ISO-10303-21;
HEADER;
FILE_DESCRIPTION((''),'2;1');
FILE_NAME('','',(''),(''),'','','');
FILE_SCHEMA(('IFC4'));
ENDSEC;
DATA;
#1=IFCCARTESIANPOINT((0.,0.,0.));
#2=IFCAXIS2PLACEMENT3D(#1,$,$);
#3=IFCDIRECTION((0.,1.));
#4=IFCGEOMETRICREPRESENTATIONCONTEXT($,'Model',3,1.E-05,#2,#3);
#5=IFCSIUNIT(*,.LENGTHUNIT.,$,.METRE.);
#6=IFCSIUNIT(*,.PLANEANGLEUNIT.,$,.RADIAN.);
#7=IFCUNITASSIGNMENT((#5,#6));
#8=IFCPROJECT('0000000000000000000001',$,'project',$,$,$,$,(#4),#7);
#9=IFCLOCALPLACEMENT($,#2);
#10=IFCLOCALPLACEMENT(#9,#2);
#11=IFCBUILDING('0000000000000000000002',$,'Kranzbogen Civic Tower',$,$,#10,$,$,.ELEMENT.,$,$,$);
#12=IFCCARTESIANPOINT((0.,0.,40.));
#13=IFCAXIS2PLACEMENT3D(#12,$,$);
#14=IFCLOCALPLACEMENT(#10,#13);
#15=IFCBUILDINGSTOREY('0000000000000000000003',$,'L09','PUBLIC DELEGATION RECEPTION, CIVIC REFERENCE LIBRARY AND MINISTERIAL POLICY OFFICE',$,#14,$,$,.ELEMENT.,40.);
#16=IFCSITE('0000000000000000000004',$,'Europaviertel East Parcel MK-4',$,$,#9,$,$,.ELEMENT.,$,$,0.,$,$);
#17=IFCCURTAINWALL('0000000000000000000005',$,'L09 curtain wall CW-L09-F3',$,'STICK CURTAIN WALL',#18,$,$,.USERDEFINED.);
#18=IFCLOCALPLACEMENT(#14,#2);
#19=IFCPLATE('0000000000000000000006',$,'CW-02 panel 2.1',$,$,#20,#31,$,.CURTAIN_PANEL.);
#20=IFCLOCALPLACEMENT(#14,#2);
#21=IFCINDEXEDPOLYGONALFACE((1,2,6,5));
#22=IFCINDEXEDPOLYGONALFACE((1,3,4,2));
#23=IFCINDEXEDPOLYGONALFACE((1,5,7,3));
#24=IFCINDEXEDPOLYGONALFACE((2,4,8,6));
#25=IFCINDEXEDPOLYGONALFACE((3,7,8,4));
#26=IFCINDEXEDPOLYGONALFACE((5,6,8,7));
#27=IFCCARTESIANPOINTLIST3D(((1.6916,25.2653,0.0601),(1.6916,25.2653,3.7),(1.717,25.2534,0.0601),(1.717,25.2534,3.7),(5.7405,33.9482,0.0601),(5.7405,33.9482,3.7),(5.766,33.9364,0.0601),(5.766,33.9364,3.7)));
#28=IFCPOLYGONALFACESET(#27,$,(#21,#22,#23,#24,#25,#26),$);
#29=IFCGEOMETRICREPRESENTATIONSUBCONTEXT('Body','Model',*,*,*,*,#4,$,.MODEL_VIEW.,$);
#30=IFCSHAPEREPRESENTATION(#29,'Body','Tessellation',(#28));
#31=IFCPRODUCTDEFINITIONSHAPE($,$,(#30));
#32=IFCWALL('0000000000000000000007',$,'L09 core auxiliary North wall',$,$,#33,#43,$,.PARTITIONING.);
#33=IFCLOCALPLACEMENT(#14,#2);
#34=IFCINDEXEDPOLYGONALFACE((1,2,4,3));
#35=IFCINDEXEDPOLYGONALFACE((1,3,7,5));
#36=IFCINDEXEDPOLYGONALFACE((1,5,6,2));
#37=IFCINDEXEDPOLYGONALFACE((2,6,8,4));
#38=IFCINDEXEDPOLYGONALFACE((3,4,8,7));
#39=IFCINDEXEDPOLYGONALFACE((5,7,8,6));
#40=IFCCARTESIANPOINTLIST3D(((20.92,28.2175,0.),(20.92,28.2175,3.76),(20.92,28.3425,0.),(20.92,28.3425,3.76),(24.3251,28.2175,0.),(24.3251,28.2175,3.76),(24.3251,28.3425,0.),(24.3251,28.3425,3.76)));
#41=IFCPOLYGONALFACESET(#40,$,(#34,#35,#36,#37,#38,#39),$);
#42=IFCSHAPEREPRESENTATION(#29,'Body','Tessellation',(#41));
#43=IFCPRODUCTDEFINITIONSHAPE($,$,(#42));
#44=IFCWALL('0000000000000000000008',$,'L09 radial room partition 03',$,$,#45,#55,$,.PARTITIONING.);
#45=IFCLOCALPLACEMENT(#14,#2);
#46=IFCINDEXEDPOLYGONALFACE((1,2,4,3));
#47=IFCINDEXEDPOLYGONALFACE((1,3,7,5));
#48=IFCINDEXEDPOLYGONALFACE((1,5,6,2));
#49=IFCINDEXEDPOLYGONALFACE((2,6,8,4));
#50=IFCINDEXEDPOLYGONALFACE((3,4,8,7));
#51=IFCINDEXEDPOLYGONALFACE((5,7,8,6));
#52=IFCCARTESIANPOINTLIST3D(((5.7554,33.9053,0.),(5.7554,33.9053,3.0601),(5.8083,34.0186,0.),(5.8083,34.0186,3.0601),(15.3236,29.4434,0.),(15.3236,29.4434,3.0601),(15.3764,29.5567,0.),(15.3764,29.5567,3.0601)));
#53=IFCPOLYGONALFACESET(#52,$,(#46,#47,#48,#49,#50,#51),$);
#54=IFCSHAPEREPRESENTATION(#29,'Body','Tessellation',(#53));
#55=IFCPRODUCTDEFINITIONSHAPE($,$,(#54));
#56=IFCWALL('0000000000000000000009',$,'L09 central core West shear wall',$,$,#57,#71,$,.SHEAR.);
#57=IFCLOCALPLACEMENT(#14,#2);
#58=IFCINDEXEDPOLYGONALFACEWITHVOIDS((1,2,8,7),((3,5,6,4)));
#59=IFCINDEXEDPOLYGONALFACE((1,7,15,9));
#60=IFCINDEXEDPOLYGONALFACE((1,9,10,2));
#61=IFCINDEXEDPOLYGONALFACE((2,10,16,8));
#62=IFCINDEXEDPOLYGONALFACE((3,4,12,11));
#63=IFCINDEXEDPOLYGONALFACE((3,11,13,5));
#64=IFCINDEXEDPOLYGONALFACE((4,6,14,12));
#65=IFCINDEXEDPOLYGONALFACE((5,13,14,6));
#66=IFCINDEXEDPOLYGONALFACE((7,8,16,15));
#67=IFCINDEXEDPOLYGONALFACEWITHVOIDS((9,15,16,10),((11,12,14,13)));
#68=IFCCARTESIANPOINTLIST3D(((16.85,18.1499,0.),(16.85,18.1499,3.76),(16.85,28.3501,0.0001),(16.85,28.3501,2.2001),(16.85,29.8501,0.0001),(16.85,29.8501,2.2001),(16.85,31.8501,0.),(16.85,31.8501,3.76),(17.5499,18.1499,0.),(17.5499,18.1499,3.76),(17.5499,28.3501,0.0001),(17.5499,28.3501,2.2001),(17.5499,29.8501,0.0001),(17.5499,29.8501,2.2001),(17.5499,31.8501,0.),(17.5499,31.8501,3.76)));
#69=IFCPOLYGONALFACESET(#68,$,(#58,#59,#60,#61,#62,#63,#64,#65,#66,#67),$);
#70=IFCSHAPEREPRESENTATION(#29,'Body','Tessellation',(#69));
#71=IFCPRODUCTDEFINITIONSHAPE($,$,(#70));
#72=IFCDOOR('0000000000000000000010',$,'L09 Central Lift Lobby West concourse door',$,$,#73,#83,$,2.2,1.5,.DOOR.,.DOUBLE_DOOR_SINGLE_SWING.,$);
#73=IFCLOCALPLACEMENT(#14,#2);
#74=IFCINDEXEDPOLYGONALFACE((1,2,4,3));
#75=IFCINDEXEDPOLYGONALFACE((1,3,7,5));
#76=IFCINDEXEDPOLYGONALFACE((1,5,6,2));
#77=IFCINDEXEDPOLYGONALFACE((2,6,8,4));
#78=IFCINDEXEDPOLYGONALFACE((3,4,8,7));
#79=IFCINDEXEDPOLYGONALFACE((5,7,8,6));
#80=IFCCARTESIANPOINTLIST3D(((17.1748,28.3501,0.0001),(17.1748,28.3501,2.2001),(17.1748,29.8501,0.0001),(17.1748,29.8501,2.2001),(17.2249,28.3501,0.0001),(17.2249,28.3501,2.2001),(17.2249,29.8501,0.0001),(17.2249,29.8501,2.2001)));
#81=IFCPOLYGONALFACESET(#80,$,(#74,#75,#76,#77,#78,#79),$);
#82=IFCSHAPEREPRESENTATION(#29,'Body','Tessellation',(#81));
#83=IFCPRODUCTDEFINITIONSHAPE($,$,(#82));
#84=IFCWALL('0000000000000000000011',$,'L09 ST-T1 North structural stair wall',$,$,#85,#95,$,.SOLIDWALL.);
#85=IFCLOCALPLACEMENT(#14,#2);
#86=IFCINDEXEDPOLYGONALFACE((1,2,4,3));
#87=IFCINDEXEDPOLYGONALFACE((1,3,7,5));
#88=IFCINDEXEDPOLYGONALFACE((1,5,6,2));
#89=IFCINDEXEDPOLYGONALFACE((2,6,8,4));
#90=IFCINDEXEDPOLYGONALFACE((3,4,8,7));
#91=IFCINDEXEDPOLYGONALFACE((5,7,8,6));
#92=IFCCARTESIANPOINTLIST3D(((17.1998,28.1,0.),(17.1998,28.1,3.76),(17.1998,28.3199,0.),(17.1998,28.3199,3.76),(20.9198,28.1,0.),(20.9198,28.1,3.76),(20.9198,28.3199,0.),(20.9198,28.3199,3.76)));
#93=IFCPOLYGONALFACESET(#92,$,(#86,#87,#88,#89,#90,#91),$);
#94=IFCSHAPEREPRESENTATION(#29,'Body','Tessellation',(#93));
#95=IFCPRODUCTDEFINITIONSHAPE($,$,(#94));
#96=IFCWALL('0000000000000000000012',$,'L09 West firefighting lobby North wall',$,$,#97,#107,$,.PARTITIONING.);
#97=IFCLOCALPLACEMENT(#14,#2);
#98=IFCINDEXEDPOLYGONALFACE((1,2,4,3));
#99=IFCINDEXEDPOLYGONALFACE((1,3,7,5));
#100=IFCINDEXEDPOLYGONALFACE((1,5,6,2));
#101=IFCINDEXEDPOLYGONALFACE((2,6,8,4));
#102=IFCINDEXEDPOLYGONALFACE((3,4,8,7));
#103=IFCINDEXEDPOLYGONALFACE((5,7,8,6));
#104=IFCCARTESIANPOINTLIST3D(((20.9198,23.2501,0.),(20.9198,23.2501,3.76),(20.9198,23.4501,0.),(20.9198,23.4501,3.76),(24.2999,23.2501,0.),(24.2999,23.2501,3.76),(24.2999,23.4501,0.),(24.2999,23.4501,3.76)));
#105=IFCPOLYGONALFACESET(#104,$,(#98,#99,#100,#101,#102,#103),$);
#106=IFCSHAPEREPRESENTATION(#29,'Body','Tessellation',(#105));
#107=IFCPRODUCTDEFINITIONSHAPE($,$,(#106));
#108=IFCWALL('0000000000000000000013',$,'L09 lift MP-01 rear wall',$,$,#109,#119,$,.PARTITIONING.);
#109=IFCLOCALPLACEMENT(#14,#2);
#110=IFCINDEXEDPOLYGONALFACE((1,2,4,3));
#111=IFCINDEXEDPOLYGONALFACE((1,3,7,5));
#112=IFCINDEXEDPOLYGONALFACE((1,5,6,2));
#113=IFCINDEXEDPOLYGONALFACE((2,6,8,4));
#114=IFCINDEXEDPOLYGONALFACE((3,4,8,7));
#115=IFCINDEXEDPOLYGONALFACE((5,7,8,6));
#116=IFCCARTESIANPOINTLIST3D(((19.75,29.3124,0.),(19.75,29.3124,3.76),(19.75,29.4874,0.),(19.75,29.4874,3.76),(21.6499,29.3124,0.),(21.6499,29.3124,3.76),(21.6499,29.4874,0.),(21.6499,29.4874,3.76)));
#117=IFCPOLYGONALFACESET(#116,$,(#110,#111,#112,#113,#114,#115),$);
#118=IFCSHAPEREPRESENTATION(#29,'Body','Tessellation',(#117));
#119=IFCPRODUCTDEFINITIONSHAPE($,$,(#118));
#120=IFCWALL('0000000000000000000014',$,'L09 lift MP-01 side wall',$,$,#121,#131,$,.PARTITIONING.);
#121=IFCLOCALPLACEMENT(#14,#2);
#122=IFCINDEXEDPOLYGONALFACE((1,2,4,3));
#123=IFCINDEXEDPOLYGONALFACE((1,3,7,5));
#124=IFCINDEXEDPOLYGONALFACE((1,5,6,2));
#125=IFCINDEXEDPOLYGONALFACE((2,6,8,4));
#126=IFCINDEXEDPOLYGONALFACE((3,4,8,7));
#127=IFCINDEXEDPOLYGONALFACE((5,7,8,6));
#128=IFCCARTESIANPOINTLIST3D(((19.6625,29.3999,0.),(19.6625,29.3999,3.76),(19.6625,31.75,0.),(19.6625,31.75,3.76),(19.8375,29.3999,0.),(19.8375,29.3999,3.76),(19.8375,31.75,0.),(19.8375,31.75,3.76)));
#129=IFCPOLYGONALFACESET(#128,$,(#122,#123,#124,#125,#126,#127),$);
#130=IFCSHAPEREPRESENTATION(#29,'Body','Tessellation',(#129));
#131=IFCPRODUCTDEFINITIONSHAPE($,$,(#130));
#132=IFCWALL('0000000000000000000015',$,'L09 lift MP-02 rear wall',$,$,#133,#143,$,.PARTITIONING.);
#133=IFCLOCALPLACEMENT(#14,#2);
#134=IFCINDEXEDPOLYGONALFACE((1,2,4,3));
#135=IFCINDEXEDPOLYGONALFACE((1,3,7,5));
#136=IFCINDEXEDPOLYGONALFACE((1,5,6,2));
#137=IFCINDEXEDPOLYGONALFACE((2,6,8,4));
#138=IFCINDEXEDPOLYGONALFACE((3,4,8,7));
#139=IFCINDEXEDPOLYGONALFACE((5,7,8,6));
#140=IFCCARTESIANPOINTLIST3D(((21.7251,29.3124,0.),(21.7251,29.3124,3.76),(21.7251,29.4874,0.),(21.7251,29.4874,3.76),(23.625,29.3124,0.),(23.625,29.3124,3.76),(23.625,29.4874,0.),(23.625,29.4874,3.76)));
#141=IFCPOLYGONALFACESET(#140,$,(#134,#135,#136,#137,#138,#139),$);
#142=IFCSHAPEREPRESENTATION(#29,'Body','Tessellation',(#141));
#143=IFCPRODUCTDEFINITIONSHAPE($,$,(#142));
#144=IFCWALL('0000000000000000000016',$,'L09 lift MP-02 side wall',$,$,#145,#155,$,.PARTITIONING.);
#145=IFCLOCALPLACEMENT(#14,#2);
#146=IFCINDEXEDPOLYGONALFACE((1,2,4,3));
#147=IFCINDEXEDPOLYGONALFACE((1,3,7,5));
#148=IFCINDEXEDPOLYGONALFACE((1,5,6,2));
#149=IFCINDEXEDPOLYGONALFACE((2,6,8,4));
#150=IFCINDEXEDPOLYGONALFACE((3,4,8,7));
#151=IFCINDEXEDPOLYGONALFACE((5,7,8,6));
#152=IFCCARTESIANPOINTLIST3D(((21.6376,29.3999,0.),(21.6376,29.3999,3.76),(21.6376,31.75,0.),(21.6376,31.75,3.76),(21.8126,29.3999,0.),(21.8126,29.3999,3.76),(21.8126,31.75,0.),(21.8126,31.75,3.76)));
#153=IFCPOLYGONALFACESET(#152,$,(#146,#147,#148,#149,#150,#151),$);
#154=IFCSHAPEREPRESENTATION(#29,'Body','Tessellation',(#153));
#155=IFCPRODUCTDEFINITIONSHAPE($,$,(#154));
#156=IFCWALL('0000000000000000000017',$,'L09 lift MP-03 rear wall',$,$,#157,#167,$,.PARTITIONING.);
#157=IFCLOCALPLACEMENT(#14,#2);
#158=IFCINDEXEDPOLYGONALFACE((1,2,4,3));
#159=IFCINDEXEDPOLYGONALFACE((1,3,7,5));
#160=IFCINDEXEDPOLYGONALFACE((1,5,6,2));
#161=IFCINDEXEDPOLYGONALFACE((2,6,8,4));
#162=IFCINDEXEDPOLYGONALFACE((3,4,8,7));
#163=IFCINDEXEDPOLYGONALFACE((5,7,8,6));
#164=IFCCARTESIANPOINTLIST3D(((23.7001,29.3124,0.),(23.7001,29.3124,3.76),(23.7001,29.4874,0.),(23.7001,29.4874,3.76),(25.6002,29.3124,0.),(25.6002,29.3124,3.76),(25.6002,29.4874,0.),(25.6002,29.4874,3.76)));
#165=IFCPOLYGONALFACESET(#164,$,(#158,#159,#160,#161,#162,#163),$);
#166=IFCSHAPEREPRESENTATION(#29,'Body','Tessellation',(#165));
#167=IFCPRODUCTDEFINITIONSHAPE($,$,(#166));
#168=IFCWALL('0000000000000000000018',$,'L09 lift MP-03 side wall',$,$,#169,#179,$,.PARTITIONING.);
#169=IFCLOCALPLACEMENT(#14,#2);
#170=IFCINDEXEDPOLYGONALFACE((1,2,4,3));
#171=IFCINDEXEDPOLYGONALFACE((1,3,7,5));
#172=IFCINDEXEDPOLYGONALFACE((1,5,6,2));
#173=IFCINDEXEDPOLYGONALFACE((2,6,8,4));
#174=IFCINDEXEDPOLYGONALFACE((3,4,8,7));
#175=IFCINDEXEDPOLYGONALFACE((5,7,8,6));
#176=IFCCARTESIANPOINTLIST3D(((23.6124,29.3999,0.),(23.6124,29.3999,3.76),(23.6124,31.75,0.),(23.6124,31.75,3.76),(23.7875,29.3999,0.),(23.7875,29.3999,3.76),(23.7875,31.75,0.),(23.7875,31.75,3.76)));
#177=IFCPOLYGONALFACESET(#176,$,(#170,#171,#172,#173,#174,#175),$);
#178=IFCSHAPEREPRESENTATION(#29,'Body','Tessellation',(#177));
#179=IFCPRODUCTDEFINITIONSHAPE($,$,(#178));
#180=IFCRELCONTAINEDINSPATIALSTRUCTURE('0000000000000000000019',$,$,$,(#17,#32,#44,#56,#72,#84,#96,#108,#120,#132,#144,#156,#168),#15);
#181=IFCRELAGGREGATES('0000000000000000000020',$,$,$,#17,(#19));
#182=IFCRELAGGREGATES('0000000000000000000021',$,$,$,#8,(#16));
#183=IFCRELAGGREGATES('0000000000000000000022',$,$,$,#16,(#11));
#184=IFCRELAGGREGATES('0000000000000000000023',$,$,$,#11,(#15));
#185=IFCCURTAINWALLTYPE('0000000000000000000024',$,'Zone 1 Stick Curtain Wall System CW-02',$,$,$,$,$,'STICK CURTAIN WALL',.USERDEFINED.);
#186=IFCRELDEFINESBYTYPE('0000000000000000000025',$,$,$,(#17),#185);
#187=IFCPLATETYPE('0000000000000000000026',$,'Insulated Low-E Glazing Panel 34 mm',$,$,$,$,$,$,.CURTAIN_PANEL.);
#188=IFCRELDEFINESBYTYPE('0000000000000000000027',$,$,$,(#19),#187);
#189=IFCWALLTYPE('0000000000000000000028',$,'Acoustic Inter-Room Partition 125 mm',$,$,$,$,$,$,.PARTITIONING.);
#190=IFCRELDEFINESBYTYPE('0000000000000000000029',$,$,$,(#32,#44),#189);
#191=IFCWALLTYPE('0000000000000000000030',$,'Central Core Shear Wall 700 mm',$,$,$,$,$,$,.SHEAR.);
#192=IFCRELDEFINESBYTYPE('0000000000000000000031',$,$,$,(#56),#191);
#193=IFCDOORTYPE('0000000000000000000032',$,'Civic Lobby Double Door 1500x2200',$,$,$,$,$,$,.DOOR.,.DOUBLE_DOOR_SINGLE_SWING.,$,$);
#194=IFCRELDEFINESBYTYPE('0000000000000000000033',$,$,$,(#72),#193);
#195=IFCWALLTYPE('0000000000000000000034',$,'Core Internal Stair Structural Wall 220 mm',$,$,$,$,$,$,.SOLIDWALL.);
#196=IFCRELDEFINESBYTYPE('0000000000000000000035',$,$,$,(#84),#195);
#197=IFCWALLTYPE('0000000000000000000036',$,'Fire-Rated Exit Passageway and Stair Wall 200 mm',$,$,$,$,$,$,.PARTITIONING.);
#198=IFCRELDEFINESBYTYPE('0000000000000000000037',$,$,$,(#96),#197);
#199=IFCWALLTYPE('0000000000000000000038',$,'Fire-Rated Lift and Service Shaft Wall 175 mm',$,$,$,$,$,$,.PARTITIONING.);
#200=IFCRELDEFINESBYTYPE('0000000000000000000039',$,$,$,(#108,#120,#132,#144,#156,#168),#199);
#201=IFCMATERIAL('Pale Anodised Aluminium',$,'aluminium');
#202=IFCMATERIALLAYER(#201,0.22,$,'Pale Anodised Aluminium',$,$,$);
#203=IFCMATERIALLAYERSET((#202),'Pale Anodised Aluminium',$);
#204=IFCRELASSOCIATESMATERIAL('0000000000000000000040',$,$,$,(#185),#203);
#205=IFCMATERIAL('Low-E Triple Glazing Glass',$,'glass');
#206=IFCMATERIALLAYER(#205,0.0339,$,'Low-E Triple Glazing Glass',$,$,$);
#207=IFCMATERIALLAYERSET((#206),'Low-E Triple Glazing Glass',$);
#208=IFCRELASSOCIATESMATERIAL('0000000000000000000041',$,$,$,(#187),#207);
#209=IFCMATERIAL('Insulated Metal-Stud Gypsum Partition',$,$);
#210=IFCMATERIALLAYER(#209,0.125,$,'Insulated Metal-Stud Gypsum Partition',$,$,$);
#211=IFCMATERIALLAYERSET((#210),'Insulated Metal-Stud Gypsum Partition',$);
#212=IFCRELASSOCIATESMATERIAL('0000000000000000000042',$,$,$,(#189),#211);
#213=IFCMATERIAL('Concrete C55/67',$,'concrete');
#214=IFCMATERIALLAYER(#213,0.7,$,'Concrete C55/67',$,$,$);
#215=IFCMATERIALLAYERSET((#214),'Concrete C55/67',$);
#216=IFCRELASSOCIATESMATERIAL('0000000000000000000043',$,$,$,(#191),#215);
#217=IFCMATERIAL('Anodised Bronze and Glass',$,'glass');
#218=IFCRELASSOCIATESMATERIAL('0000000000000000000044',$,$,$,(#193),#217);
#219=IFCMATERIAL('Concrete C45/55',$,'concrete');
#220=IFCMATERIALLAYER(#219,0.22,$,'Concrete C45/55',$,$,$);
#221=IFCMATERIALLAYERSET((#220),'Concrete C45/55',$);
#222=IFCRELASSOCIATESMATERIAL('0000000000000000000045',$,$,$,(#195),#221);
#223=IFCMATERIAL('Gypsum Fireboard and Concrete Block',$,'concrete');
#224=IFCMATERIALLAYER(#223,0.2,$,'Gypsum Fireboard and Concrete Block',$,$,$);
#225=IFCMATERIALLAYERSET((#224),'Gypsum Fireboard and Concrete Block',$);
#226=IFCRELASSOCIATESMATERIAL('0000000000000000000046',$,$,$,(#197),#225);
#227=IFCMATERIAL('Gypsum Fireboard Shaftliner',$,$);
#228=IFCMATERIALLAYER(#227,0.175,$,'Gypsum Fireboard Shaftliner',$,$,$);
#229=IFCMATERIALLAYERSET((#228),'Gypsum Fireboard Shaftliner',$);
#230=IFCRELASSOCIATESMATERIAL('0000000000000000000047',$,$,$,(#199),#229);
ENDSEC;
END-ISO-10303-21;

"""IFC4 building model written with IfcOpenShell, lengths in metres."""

from ifc_helpers import new_model, si_unit, direction, frame, frame_2d, origin, origin_2d, place, context, subcontext, project, spatial, rectangle, extrude, material, layer, layer_set, type_object, element, fill, aggregate, save


model = new_model("IFC4")

# Units and contexts
model_context = context("Model", 3, precision=1e-05, world=origin(), true_north=direction((0.0, 1.0)))
body_context = subcontext(model_context, "Body", "Model", "MODEL_VIEW")
ifc_project = project(units=[si_unit("LENGTHUNIT", "METRE"), si_unit("PLANEANGLEUNIT", "RADIAN")], contexts=[model_context])

# Site, building, storey
site_placement = place(None, origin())
site = spatial("IfcSite", under=ifc_project, at=site_placement, Name="Europaviertel East Parcel MK-4", CompositionType="ELEMENT", RefElevation=0.0)
building_placement = place(site_placement, origin())
building = spatial("IfcBuilding", under=site, at=building_placement, Name="Kranzbogen Civic Tower", CompositionType="ELEMENT")
storey_placement = place(building_placement, frame((0.0, 0.0, 40.0)))
storey = spatial("IfcBuildingStorey", under=building, at=storey_placement, Name="L09", Description="PUBLIC DELEGATION RECEPTION, CIVIC REFERENCE LIBRARY AND MINISTERIAL POLICY OFFICE", CompositionType="ELEMENT", Elevation=40.0)

# Curtain wall
ifc_material_1 = material(Name="Pale Anodised Aluminium", Category="aluminium")
ifc_layer_1 = layer(ifc_material_1, 0.22, Name="Pale Anodised Aluminium")
ifc_layer_set_1 = layer_set([ifc_layer_1], Name="Pale Anodised Aluminium")
curtain_wall_type = type_object("IfcCurtainWallType", Name="Zone 1 Stick Curtain Wall System CW-02", ElementType="STICK CURTAIN WALL", PredefinedType="USERDEFINED", material=ifc_layer_set_1)
curtain_wall_placement = place(storey_placement, origin())
curtain_wall = element("IfcCurtainWall", 1, at=curtain_wall_placement, inside=storey, type_object=curtain_wall_type, Name="L09 curtain wall CW-L09-F3", ObjectType="STICK CURTAIN WALL", PredefinedType="USERDEFINED")

# Plate
ifc_material_2 = material(Name="Low-E Triple Glazing Glass", Category="glass")
ifc_layer_2 = layer(ifc_material_2, 0.0339, Name="Low-E Triple Glazing Glass")
ifc_layer_set_2 = layer_set([ifc_layer_2], Name="Low-E Triple Glazing Glass")
plate_type = type_object("IfcPlateType", Name="Insulated Low-E Glazing Panel 34 mm", PredefinedType="CURTAIN_PANEL", material=ifc_layer_set_2)
plate_placement = place(storey_placement, frame((3.7288, 29.6008, 0.0601), z_axis=(0.0, 0.0, 1.0), x_axis=(-0.422622, -0.906306, 0.0)))
plate = element("IfcPlate", 2, at=plate_placement, type_object=plate_type, Name="CW-02 panel 2.1", PredefinedType="CURTAIN_PANEL", context=body_context, shape_type="SweptSolid", body=[
    extrude(rectangle(XDim=9.5806, YDim=0.0281, at=origin_2d()), origin(), (0.0, 0.0, 1.0), 3.6399),
])
aggregate(curtain_wall, [plate])

# Walls
ifc_material_3 = material(Name="Insulated Metal-Stud Gypsum Partition")
ifc_layer_3 = layer(ifc_material_3, 0.125, Name="Insulated Metal-Stud Gypsum Partition")
ifc_layer_set_3 = layer_set([ifc_layer_3], Name="Insulated Metal-Stud Gypsum Partition")
wall_type_1 = type_object("IfcWallType", Name="Acoustic Inter-Room Partition 125 mm", PredefinedType="PARTITIONING", material=ifc_layer_set_3)
wall_1_placement = place(storey_placement, frame((20.9199, 28.28, 0.0), z_axis=(0.0, 0.0, 1.0), x_axis=(1.0, 0.0, 0.0)))
element("IfcWall", 3, at=wall_1_placement, inside=storey, type_object=wall_type_1, Name="L09 core auxiliary North wall", PredefinedType="PARTITIONING", context=body_context, shape_type="SweptSolid", body=[
    extrude(rectangle(XDim=3.405, YDim=0.125, at=frame_2d((1.7026, 0.0))), origin(), (0.0, 0.0, 1.0), 3.76),
])
wall_2_placement = place(storey_placement, frame((15.3501, 29.5, 0.0), z_axis=(0.0, 0.0, 1.0), x_axis=(-0.906299, 0.422636, 0.0)))
element("IfcWall", 4, at=wall_2_placement, inside=storey, type_object=wall_type_1, Name="L09 radial room partition 03", PredefinedType="PARTITIONING", context=body_context, shape_type="SweptSolid", body=[
    extrude(rectangle(XDim=10.5574, YDim=0.125, at=frame_2d((5.2788, 0.0))), origin(), (0.0, 0.0, 1.0), 3.0601),
])

# Wall, opening, door
ifc_material_4 = material(Name="Concrete C55/67", Category="concrete")
ifc_layer_4 = layer(ifc_material_4, 0.7, Name="Concrete C55/67")
ifc_layer_set_4 = layer_set([ifc_layer_4], Name="Concrete C55/67")
wall_type_2 = type_object("IfcWallType", Name="Central Core Shear Wall 700 mm", PredefinedType="SHEAR", material=ifc_layer_set_4)
wall_3_placement = place(storey_placement, frame((17.2, 31.8501, 0.0), z_axis=(0.0, 0.0, 1.0), x_axis=(0.0, -1.0, 0.0)))
wall_3 = element("IfcWall", 5, at=wall_3_placement, inside=storey, type_object=wall_type_2, Name="L09 central core West shear wall", PredefinedType="SHEAR", context=body_context, shape_type="SweptSolid", body=[
    extrude(rectangle(XDim=13.7002, YDim=0.7, at=frame_2d((6.8501, 0.0))), origin(), (0.0, 0.0, 1.0), 3.76),
])
opening_1_placement = place(wall_3_placement, frame((2.0, 0.0, 0.0)))
opening_1 = element("IfcOpeningElement", 6, at=opening_1_placement, cuts=wall_3, PredefinedType="OPENING", context=body_context, shape_type="SweptSolid", body=[
    extrude(rectangle(XDim=1.5, YDim=2.2, at=frame_2d((0.75, 1.1001))), frame((0.0, 0.3599, 0.0), z_axis=(0.0, -1.0, 0.0), x_axis=(1.0, 0.0, 0.0)), (0.0, 0.0, 1.0), 0.72),
])
ifc_material_5 = material(Name="Anodised Bronze and Glass", Category="glass")
door_type_1 = type_object("IfcDoorType", Name="Civic Lobby Double Door 1500x2200", OperationType="DOUBLE_DOOR_SINGLE_SWING", PredefinedType="DOOR", material=ifc_material_5)
door_1_placement = place(opening_1_placement, origin())
door_1 = element("IfcDoor", 7, at=door_1_placement, inside=storey, type_object=door_type_1, Name="L09 Central Lift Lobby West concourse door", OperationType="DOUBLE_DOOR_SINGLE_SWING", OverallHeight=2.2, OverallWidth=1.5, PredefinedType="DOOR", context=body_context, shape_type="SweptSolid", body=[
    extrude(rectangle(XDim=1.5, YDim=2.2, at=frame_2d((0.75, 1.1001))), frame((0.0, 0.0249, 0.0), z_axis=(0.0, -1.0, 0.0), x_axis=(1.0, 0.0, 0.0)), (0.0, 0.0, 1.0), 0.05),
])
fill(opening_1, door_1)

# Walls
ifc_material_6 = material(Name="Concrete C45/55", Category="concrete")
ifc_layer_5 = layer(ifc_material_6, 0.22, Name="Concrete C45/55")
ifc_layer_set_5 = layer_set([ifc_layer_5], Name="Concrete C45/55")
wall_type_3 = type_object("IfcWallType", Name="Core Internal Stair Structural Wall 220 mm", PredefinedType="SOLIDWALL", material=ifc_layer_set_5)
wall_4_placement = place(storey_placement, frame((17.2, 28.21, 0.0), z_axis=(0.0, 0.0, 1.0), x_axis=(1.0, 0.0, 0.0)))
element("IfcWall", 8, at=wall_4_placement, inside=storey, type_object=wall_type_3, Name="L09 ST-T1 North structural stair wall", PredefinedType="SOLIDWALL", context=body_context, shape_type="SweptSolid", body=[
    extrude(rectangle(XDim=3.72, YDim=0.22, at=frame_2d((1.8599, 0.0))), origin(), (0.0, 0.0, 1.0), 3.76),
])
ifc_material_7 = material(Name="Gypsum Fireboard and Concrete Block", Category="concrete")
ifc_layer_6 = layer(ifc_material_7, 0.2, Name="Gypsum Fireboard and Concrete Block")
ifc_layer_set_6 = layer_set([ifc_layer_6], Name="Gypsum Fireboard and Concrete Block")
wall_type_4 = type_object("IfcWallType", Name="Fire-Rated Exit Passageway and Stair Wall 200 mm", PredefinedType="PARTITIONING", material=ifc_layer_set_6)
wall_5_placement = place(storey_placement, frame((20.9199, 23.3501, 0.0), z_axis=(0.0, 0.0, 1.0), x_axis=(1.0, 0.0, 0.0)))
element("IfcWall", 9, at=wall_5_placement, inside=storey, type_object=wall_type_4, Name="L09 West firefighting lobby North wall", PredefinedType="PARTITIONING", context=body_context, shape_type="SweptSolid", body=[
    extrude(rectangle(XDim=3.3801, YDim=0.2, at=frame_2d((1.6899, 0.0))), origin(), (0.0, 0.0, 1.0), 3.76),
])
ifc_material_8 = material(Name="Gypsum Fireboard Shaftliner")
ifc_layer_7 = layer(ifc_material_8, 0.175, Name="Gypsum Fireboard Shaftliner")
ifc_layer_set_7 = layer_set([ifc_layer_7], Name="Gypsum Fireboard Shaftliner")
wall_type_5 = type_object("IfcWallType", Name="Fire-Rated Lift and Service Shaft Wall 175 mm", PredefinedType="PARTITIONING", material=ifc_layer_set_7)
wall_6_placement = place(storey_placement, frame((19.75, 29.3999, 0.0), z_axis=(0.0, 0.0, 1.0), x_axis=(1.0, 0.0, 0.0)))
element("IfcWall", 10, at=wall_6_placement, inside=storey, type_object=wall_type_5, Name="L09 lift MP-01 rear wall", PredefinedType="PARTITIONING", context=body_context, shape_type="SweptSolid", body=[
    extrude(rectangle(XDim=1.8999, YDim=0.175, at=frame_2d((0.95, 0.0))), origin(), (0.0, 0.0, 1.0), 3.76),
])
wall_7_placement = place(storey_placement, frame((19.75, 29.3999, 0.0), z_axis=(0.0, 0.0, 1.0), x_axis=(0.0, 1.0, 0.0)))
element("IfcWall", 11, at=wall_7_placement, inside=storey, type_object=wall_type_5, Name="L09 lift MP-01 side wall", PredefinedType="PARTITIONING", context=body_context, shape_type="SweptSolid", body=[
    extrude(rectangle(XDim=2.3501, YDim=0.175, at=frame_2d((1.175, 0.0))), origin(), (0.0, 0.0, 1.0), 3.76),
])
wall_8_placement = place(storey_placement, frame((21.7251, 29.3999, 0.0), z_axis=(0.0, 0.0, 1.0), x_axis=(1.0, 0.0, 0.0)))
element("IfcWall", 12, at=wall_8_placement, inside=storey, type_object=wall_type_5, Name="L09 lift MP-02 rear wall", PredefinedType="PARTITIONING", context=body_context, shape_type="SweptSolid", body=[
    extrude(rectangle(XDim=1.8999, YDim=0.175, at=frame_2d((0.95, 0.0))), origin(), (0.0, 0.0, 1.0), 3.76),
])
wall_9_placement = place(storey_placement, frame((21.7251, 29.3999, 0.0), z_axis=(0.0, 0.0, 1.0), x_axis=(0.0, 1.0, 0.0)))
element("IfcWall", 13, at=wall_9_placement, inside=storey, type_object=wall_type_5, Name="L09 lift MP-02 side wall", PredefinedType="PARTITIONING", context=body_context, shape_type="SweptSolid", body=[
    extrude(rectangle(XDim=2.3501, YDim=0.175, at=frame_2d((1.175, 0.0))), origin(), (0.0, 0.0, 1.0), 3.76),
])
wall_10_placement = place(storey_placement, frame((23.7, 29.3999, 0.0), z_axis=(0.0, 0.0, 1.0), x_axis=(1.0, 0.0, 0.0)))
element("IfcWall", 14, at=wall_10_placement, inside=storey, type_object=wall_type_5, Name="L09 lift MP-03 rear wall", PredefinedType="PARTITIONING", context=body_context, shape_type="SweptSolid", body=[
    extrude(rectangle(XDim=1.9001, YDim=0.175, at=frame_2d((0.9502, 0.0))), origin(), (0.0, 0.0, 1.0), 3.76),
])
wall_11_placement = place(storey_placement, frame((23.7, 29.3999, 0.0), z_axis=(0.0, 0.0, 1.0), x_axis=(0.0, 1.0, 0.0)))
element("IfcWall", 15, at=wall_11_placement, inside=storey, type_object=wall_type_5, Name="L09 lift MP-03 side wall", PredefinedType="PARTITIONING", context=body_context, shape_type="SweptSolid", body=[
    extrude(rectangle(XDim=2.3501, YDim=0.175, at=frame_2d((1.175, 0.0))), origin(), (0.0, 0.0, 1.0), 3.76),
])

save(model, "model.ifc")
